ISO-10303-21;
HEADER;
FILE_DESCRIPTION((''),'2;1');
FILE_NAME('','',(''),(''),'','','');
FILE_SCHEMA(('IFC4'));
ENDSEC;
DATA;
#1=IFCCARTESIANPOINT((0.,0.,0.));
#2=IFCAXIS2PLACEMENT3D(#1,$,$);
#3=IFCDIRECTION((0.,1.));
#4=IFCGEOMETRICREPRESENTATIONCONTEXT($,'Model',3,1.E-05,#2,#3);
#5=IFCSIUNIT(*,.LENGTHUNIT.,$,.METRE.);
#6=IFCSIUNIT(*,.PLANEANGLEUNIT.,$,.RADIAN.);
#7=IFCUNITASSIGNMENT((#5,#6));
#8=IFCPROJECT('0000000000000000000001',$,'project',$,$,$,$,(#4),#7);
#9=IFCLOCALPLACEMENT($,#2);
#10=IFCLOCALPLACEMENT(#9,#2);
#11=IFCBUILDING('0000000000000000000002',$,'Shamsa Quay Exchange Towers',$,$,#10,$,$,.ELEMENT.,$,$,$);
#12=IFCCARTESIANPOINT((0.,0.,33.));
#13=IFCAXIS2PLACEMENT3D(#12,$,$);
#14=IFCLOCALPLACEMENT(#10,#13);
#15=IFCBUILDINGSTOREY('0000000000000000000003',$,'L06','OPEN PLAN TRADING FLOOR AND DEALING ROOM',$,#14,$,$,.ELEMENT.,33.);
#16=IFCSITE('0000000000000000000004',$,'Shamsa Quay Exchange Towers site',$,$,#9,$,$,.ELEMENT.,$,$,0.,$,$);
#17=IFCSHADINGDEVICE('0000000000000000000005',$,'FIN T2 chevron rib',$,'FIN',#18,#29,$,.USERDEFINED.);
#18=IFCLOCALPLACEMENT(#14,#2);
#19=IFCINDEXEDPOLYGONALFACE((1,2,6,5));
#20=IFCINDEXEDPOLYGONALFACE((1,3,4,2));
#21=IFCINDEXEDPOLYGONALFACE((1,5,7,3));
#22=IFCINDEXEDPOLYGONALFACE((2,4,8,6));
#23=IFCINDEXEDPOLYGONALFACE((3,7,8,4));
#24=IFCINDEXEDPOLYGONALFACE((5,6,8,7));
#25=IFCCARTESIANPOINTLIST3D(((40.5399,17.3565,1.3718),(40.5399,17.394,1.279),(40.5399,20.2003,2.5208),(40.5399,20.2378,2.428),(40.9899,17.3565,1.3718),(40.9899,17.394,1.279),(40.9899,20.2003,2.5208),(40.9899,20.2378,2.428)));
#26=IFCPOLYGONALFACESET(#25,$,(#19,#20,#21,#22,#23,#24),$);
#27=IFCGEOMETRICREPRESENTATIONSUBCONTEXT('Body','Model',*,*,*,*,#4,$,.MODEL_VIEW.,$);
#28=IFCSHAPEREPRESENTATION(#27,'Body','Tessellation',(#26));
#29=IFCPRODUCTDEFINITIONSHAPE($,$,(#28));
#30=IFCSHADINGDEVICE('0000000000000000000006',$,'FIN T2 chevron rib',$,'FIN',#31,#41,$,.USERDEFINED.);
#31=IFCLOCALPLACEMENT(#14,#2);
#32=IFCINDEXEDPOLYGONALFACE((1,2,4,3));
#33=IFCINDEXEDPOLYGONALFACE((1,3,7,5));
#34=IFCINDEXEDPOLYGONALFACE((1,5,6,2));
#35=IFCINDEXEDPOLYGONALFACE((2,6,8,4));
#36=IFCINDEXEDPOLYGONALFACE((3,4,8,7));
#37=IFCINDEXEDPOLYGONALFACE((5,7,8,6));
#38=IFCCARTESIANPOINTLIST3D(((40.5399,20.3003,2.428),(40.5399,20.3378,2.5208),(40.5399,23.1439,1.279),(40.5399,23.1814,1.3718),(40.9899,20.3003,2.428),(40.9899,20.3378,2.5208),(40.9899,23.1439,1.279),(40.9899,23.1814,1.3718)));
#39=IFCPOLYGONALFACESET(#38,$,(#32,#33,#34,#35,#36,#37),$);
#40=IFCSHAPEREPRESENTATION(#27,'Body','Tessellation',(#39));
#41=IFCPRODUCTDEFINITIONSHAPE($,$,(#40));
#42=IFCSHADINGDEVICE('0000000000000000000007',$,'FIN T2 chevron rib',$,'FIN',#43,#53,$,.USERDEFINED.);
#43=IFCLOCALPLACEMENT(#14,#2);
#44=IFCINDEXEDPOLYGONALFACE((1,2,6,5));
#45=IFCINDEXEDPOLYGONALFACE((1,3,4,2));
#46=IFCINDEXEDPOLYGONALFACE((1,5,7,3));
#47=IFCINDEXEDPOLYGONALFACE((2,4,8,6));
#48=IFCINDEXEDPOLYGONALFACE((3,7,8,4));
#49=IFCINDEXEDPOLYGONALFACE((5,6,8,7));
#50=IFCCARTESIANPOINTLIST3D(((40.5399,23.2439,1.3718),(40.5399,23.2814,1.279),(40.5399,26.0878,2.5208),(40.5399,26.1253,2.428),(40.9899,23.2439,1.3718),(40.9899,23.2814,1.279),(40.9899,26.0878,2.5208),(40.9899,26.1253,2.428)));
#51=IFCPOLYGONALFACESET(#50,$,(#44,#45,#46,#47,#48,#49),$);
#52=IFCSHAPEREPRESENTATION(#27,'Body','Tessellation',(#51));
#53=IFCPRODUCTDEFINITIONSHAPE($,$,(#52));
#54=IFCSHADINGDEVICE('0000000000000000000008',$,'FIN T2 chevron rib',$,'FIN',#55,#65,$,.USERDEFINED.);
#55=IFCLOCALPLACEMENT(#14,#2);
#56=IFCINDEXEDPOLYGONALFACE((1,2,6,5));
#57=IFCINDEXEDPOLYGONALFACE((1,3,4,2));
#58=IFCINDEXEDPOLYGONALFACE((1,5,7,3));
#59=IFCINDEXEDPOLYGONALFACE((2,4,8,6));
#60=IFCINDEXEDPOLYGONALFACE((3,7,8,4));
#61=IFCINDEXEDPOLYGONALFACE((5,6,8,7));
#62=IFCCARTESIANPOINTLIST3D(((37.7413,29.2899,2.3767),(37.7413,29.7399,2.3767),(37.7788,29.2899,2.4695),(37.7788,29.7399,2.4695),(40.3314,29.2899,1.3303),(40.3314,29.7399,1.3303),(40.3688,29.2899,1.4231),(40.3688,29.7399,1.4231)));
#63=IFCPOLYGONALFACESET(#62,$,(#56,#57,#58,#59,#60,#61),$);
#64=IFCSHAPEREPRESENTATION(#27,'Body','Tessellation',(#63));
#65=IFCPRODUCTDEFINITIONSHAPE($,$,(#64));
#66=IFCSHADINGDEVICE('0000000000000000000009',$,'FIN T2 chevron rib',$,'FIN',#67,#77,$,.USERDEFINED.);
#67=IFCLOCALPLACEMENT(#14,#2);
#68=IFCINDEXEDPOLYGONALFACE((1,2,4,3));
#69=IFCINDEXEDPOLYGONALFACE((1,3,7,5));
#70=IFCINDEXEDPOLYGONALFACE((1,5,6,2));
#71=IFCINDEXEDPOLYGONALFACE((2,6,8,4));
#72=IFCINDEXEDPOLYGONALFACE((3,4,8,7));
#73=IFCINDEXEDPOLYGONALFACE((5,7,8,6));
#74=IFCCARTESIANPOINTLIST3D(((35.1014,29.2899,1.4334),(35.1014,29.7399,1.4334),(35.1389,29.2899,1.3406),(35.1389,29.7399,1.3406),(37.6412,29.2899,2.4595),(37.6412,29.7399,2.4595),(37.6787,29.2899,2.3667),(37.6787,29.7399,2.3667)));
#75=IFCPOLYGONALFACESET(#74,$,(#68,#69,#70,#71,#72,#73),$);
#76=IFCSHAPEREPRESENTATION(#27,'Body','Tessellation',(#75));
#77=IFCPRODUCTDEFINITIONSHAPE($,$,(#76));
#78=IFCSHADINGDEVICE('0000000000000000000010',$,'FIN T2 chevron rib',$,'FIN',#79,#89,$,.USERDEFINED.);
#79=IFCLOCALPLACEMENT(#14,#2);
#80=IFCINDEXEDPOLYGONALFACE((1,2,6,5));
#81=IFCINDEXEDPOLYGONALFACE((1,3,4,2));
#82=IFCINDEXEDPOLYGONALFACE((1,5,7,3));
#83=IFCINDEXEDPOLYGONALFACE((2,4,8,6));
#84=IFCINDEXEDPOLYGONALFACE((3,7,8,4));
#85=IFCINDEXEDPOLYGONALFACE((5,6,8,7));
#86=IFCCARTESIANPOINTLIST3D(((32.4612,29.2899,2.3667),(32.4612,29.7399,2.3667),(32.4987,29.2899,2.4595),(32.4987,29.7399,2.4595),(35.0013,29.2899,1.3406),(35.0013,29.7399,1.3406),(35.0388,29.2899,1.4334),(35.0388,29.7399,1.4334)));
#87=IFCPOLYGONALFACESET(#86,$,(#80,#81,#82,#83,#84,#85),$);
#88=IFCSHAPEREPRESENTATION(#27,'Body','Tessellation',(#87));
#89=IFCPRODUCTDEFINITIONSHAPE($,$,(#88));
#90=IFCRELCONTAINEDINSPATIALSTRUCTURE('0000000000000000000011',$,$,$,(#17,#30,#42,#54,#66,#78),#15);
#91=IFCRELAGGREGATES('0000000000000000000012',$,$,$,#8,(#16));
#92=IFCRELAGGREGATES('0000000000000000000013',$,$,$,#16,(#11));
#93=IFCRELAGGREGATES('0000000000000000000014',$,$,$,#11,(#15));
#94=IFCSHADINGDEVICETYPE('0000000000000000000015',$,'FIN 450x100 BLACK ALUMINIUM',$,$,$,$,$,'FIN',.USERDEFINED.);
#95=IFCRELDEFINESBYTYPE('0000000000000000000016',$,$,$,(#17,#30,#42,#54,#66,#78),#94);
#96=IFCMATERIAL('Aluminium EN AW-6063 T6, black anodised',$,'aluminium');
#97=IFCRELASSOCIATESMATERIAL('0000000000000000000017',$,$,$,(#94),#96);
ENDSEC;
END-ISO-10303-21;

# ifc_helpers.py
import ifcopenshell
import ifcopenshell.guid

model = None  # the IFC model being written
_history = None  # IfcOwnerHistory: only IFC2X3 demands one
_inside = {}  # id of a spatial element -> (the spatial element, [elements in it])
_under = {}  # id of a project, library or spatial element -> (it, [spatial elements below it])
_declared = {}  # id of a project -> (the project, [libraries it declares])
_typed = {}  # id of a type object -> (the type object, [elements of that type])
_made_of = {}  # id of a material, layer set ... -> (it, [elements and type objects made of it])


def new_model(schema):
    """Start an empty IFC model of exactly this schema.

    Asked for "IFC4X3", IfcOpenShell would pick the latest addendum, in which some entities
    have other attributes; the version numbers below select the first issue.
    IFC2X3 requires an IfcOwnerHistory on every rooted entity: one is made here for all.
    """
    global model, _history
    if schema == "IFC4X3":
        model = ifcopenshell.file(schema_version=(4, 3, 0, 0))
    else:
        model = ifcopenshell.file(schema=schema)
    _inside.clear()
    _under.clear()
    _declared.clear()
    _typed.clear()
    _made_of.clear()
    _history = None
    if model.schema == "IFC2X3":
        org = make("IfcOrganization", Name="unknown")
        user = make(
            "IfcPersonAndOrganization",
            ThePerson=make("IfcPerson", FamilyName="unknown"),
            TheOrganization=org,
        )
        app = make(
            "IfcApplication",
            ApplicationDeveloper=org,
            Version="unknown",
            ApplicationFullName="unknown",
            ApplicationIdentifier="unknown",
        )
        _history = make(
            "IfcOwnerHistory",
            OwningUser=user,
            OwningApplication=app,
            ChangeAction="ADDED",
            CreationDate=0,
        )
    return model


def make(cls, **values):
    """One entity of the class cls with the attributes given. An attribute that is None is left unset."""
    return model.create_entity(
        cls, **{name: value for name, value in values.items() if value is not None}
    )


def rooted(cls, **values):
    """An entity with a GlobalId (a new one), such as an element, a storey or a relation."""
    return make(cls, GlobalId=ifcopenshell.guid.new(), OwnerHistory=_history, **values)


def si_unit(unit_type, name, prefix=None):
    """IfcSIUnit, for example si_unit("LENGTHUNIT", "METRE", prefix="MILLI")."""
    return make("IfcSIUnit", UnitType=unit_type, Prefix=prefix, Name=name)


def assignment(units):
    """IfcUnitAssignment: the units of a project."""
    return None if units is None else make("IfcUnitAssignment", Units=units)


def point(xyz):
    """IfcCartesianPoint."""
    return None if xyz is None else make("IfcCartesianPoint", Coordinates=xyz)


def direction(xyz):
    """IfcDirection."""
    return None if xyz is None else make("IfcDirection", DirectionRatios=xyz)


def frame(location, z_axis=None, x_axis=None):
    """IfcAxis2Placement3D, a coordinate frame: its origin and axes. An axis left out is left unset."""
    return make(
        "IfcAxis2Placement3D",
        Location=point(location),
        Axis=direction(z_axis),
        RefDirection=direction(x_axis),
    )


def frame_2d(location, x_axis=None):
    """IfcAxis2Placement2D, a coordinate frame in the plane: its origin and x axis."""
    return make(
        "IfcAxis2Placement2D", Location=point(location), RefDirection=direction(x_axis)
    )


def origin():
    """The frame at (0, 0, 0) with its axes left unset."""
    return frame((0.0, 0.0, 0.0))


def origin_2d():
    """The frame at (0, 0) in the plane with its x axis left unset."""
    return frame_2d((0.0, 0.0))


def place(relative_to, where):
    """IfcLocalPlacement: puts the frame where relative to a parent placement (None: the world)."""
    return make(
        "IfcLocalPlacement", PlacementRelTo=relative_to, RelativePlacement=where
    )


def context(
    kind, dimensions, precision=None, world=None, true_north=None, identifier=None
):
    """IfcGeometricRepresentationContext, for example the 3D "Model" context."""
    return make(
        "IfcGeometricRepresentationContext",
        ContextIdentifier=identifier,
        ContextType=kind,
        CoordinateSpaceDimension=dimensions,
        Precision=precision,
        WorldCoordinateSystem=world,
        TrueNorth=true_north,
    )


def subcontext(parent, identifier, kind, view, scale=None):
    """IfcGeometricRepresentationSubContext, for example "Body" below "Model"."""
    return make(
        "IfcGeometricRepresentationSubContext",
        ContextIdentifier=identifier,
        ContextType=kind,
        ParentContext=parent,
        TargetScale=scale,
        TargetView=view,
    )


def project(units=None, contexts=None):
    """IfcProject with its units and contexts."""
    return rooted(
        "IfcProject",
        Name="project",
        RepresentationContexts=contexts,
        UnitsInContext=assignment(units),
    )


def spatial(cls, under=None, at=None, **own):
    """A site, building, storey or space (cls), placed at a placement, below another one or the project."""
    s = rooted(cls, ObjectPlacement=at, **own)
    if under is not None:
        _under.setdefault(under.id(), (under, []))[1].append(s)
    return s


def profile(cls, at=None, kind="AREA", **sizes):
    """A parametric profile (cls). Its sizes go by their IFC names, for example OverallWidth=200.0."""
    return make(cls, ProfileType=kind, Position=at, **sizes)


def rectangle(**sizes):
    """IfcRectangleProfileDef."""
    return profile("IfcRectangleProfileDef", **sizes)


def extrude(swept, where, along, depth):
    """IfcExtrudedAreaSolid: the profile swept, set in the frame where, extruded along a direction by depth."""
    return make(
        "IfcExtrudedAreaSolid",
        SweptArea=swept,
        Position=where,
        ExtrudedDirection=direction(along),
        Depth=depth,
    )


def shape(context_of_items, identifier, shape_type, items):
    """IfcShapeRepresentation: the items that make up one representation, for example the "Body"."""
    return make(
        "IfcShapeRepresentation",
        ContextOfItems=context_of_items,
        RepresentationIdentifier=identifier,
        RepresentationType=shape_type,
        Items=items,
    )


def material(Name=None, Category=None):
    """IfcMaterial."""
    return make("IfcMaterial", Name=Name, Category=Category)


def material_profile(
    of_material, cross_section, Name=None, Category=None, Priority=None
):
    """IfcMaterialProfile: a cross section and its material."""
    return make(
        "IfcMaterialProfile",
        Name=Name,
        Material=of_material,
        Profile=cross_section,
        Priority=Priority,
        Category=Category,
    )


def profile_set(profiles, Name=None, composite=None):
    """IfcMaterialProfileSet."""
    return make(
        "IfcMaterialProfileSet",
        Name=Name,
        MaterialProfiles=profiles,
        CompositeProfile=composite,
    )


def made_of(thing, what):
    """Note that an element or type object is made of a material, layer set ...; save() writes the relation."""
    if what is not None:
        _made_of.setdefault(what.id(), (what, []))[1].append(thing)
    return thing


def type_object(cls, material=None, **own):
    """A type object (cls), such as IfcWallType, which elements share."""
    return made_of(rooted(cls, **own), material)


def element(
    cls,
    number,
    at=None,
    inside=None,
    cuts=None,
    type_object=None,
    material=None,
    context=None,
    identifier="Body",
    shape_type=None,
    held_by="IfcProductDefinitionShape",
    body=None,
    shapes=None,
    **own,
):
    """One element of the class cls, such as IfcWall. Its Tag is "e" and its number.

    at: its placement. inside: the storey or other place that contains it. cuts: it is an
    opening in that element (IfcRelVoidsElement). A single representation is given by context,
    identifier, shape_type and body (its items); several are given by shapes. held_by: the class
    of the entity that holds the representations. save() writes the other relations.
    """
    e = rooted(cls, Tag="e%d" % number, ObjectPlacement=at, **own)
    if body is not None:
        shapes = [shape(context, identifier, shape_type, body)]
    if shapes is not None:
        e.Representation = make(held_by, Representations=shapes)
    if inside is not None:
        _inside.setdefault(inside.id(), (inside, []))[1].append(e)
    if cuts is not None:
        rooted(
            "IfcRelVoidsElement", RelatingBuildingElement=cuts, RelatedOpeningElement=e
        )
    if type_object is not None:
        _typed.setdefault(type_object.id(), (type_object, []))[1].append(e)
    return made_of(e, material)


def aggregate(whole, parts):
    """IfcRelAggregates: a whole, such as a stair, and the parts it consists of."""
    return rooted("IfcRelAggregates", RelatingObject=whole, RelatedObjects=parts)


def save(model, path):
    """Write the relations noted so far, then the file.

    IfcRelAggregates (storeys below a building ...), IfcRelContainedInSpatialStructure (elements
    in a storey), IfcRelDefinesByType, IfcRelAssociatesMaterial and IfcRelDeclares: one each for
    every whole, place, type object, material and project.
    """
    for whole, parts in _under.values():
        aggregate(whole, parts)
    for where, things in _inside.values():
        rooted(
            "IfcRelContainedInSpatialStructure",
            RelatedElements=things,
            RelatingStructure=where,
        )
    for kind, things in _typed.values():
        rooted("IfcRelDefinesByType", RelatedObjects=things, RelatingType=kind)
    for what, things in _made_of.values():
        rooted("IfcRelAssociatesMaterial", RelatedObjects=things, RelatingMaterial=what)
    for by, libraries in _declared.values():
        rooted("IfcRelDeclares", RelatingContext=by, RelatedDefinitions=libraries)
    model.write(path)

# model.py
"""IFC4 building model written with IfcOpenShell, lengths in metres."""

from ifc_helpers import new_model, si_unit, direction, frame, origin, origin_2d, place, context, subcontext, project, spatial, rectangle, extrude, material, material_profile, profile_set, type_object, element, save


model = new_model("IFC4")

# Units and contexts
model_context = context("Model", 3, precision=1e-05, world=origin(), true_north=direction((0.0, 1.0)))
body_context = subcontext(model_context, "Body", "Model", "MODEL_VIEW")
ifc_project = project(units=[si_unit("LENGTHUNIT", "METRE"), si_unit("PLANEANGLEUNIT", "RADIAN")], contexts=[model_context])

# Site, building, storey
site_placement = place(None, origin())
site = spatial("IfcSite", under=ifc_project, at=site_placement, Name="Shamsa Quay Exchange Towers site", CompositionType="ELEMENT", RefElevation=0.0)
building_placement = place(site_placement, origin())
building = spatial("IfcBuilding", under=site, at=building_placement, Name="Shamsa Quay Exchange Towers", CompositionType="ELEMENT")
storey_placement = place(building_placement, frame((0.0, 0.0, 33.0)))
storey = spatial("IfcBuildingStorey", under=building, at=storey_placement, Name="L06", Description="OPEN PLAN TRADING FLOOR AND DEALING ROOM", CompositionType="ELEMENT", Elevation=33.0)

# Shared definitions
ifc_material_1 = material(Name="Aluminium EN AW-6063 T6, black anodised", Category="aluminium")

# Shading devices
ifc_material_profile_1 = material_profile(ifc_material_1, rectangle(XDim=0.45, YDim=0.1001, at=origin_2d()), Name="FIN450x100")
ifc_profile_set_1 = profile_set([ifc_material_profile_1], Name="Aluminium EN AW-6063 T6, black anodised")
shading_device_type = type_object("IfcShadingDeviceType", Name="FIN 450x100 BLACK ALUMINIUM", ElementType="FIN", PredefinedType="USERDEFINED", material=ifc_profile_set_1)
for number, where, z_axis, x_axis, name in (
    (1, (40.7649, 17.3752, 1.3254), (0.0, 0.927187, 0.3746), (-1.0, 0.0, 0.0), "FIN T2 chevron rib"),
):
    element("IfcShadingDevice", number, at=place(storey_placement, frame(where, z_axis=z_axis, x_axis=x_axis)), inside=storey, type_object=shading_device_type, Name=name, ObjectType="FIN", PredefinedType="USERDEFINED", context=body_context, shape_type="SweptSolid", body=[
        extrude(rectangle(XDim=0.45, YDim=0.1001, at=origin_2d()), origin(), (0.0, 0.0, 1.0), 3.0671),
    ])
shading_device_1_placement = place(storey_placement, frame((40.7649, 20.3191, 2.4744), z_axis=(0.0, 0.927175, -0.374628), x_axis=(-1.0, 0.0, 0.0)))
element("IfcShadingDevice", 2, at=shading_device_1_placement, inside=storey, type_object=shading_device_type, Name="FIN T2 chevron rib", ObjectType="FIN", PredefinedType="USERDEFINED", context=body_context, shape_type="SweptSolid", body=[
    extrude(rectangle(XDim=0.45, YDim=0.1001, at=origin_2d()), origin(), (0.0, 0.0, 1.0), 3.0669),
])
shading_device_2_placement = place(storey_placement, frame((40.7649, 23.2627, 1.3254), z_axis=(0.0, 0.927187, 0.3746), x_axis=(-1.0, 0.0, 0.0)))
element("IfcShadingDevice", 3, at=shading_device_2_placement, inside=storey, type_object=shading_device_type, Name="FIN T2 chevron rib", ObjectType="FIN", PredefinedType="USERDEFINED", context=body_context, shape_type="SweptSolid", body=[
    extrude(rectangle(XDim=0.45, YDim=0.1001, at=origin_2d()), origin(), (0.0, 0.0, 1.0), 3.0671),
])
shading_device_3_placement = place(storey_placement, frame((40.3501, 29.5149, 1.3767), z_axis=(-0.927193, 0.0, 0.374583), x_axis=(0.0, -1.0, 0.0)))
element("IfcShadingDevice", 4, at=shading_device_3_placement, inside=storey, type_object=shading_device_type, Name="FIN T2 chevron rib", ObjectType="FIN", PredefinedType="USERDEFINED", context=body_context, shape_type="SweptSolid", body=[
    extrude(rectangle(XDim=0.45, YDim=0.1001, at=origin_2d()), origin(), (0.0, 0.0, 1.0), 2.7935),
])
shading_device_4_placement = place(storey_placement, frame((37.6599, 29.5149, 2.4131), z_axis=(-0.927186, 0.0, -0.3746), x_axis=(0.0, -1.0, 0.0)))
element("IfcShadingDevice", 5, at=shading_device_4_placement, inside=storey, type_object=shading_device_type, Name="FIN T2 chevron rib", ObjectType="FIN", PredefinedType="USERDEFINED", context=body_context, shape_type="SweptSolid", body=[
    extrude(rectangle(XDim=0.45, YDim=0.1001, at=origin_2d()), origin(), (0.0, 0.0, 1.0), 2.7393),
])
shading_device_5_placement = place(storey_placement, frame((35.02, 29.5149, 1.387), z_axis=(-0.927199, 0.0, 0.374569), x_axis=(0.0, -1.0, 0.0)))
element("IfcShadingDevice", 6, at=shading_device_5_placement, inside=storey, type_object=shading_device_type, Name="FIN T2 chevron rib", ObjectType="FIN", PredefinedType="USERDEFINED", context=body_context, shape_type="SweptSolid", body=[
    extrude(rectangle(XDim=0.45, YDim=0.1001, at=origin_2d()), origin(), (0.0, 0.0, 1.0), 2.7395),
])

save(model, "model.ifc")
